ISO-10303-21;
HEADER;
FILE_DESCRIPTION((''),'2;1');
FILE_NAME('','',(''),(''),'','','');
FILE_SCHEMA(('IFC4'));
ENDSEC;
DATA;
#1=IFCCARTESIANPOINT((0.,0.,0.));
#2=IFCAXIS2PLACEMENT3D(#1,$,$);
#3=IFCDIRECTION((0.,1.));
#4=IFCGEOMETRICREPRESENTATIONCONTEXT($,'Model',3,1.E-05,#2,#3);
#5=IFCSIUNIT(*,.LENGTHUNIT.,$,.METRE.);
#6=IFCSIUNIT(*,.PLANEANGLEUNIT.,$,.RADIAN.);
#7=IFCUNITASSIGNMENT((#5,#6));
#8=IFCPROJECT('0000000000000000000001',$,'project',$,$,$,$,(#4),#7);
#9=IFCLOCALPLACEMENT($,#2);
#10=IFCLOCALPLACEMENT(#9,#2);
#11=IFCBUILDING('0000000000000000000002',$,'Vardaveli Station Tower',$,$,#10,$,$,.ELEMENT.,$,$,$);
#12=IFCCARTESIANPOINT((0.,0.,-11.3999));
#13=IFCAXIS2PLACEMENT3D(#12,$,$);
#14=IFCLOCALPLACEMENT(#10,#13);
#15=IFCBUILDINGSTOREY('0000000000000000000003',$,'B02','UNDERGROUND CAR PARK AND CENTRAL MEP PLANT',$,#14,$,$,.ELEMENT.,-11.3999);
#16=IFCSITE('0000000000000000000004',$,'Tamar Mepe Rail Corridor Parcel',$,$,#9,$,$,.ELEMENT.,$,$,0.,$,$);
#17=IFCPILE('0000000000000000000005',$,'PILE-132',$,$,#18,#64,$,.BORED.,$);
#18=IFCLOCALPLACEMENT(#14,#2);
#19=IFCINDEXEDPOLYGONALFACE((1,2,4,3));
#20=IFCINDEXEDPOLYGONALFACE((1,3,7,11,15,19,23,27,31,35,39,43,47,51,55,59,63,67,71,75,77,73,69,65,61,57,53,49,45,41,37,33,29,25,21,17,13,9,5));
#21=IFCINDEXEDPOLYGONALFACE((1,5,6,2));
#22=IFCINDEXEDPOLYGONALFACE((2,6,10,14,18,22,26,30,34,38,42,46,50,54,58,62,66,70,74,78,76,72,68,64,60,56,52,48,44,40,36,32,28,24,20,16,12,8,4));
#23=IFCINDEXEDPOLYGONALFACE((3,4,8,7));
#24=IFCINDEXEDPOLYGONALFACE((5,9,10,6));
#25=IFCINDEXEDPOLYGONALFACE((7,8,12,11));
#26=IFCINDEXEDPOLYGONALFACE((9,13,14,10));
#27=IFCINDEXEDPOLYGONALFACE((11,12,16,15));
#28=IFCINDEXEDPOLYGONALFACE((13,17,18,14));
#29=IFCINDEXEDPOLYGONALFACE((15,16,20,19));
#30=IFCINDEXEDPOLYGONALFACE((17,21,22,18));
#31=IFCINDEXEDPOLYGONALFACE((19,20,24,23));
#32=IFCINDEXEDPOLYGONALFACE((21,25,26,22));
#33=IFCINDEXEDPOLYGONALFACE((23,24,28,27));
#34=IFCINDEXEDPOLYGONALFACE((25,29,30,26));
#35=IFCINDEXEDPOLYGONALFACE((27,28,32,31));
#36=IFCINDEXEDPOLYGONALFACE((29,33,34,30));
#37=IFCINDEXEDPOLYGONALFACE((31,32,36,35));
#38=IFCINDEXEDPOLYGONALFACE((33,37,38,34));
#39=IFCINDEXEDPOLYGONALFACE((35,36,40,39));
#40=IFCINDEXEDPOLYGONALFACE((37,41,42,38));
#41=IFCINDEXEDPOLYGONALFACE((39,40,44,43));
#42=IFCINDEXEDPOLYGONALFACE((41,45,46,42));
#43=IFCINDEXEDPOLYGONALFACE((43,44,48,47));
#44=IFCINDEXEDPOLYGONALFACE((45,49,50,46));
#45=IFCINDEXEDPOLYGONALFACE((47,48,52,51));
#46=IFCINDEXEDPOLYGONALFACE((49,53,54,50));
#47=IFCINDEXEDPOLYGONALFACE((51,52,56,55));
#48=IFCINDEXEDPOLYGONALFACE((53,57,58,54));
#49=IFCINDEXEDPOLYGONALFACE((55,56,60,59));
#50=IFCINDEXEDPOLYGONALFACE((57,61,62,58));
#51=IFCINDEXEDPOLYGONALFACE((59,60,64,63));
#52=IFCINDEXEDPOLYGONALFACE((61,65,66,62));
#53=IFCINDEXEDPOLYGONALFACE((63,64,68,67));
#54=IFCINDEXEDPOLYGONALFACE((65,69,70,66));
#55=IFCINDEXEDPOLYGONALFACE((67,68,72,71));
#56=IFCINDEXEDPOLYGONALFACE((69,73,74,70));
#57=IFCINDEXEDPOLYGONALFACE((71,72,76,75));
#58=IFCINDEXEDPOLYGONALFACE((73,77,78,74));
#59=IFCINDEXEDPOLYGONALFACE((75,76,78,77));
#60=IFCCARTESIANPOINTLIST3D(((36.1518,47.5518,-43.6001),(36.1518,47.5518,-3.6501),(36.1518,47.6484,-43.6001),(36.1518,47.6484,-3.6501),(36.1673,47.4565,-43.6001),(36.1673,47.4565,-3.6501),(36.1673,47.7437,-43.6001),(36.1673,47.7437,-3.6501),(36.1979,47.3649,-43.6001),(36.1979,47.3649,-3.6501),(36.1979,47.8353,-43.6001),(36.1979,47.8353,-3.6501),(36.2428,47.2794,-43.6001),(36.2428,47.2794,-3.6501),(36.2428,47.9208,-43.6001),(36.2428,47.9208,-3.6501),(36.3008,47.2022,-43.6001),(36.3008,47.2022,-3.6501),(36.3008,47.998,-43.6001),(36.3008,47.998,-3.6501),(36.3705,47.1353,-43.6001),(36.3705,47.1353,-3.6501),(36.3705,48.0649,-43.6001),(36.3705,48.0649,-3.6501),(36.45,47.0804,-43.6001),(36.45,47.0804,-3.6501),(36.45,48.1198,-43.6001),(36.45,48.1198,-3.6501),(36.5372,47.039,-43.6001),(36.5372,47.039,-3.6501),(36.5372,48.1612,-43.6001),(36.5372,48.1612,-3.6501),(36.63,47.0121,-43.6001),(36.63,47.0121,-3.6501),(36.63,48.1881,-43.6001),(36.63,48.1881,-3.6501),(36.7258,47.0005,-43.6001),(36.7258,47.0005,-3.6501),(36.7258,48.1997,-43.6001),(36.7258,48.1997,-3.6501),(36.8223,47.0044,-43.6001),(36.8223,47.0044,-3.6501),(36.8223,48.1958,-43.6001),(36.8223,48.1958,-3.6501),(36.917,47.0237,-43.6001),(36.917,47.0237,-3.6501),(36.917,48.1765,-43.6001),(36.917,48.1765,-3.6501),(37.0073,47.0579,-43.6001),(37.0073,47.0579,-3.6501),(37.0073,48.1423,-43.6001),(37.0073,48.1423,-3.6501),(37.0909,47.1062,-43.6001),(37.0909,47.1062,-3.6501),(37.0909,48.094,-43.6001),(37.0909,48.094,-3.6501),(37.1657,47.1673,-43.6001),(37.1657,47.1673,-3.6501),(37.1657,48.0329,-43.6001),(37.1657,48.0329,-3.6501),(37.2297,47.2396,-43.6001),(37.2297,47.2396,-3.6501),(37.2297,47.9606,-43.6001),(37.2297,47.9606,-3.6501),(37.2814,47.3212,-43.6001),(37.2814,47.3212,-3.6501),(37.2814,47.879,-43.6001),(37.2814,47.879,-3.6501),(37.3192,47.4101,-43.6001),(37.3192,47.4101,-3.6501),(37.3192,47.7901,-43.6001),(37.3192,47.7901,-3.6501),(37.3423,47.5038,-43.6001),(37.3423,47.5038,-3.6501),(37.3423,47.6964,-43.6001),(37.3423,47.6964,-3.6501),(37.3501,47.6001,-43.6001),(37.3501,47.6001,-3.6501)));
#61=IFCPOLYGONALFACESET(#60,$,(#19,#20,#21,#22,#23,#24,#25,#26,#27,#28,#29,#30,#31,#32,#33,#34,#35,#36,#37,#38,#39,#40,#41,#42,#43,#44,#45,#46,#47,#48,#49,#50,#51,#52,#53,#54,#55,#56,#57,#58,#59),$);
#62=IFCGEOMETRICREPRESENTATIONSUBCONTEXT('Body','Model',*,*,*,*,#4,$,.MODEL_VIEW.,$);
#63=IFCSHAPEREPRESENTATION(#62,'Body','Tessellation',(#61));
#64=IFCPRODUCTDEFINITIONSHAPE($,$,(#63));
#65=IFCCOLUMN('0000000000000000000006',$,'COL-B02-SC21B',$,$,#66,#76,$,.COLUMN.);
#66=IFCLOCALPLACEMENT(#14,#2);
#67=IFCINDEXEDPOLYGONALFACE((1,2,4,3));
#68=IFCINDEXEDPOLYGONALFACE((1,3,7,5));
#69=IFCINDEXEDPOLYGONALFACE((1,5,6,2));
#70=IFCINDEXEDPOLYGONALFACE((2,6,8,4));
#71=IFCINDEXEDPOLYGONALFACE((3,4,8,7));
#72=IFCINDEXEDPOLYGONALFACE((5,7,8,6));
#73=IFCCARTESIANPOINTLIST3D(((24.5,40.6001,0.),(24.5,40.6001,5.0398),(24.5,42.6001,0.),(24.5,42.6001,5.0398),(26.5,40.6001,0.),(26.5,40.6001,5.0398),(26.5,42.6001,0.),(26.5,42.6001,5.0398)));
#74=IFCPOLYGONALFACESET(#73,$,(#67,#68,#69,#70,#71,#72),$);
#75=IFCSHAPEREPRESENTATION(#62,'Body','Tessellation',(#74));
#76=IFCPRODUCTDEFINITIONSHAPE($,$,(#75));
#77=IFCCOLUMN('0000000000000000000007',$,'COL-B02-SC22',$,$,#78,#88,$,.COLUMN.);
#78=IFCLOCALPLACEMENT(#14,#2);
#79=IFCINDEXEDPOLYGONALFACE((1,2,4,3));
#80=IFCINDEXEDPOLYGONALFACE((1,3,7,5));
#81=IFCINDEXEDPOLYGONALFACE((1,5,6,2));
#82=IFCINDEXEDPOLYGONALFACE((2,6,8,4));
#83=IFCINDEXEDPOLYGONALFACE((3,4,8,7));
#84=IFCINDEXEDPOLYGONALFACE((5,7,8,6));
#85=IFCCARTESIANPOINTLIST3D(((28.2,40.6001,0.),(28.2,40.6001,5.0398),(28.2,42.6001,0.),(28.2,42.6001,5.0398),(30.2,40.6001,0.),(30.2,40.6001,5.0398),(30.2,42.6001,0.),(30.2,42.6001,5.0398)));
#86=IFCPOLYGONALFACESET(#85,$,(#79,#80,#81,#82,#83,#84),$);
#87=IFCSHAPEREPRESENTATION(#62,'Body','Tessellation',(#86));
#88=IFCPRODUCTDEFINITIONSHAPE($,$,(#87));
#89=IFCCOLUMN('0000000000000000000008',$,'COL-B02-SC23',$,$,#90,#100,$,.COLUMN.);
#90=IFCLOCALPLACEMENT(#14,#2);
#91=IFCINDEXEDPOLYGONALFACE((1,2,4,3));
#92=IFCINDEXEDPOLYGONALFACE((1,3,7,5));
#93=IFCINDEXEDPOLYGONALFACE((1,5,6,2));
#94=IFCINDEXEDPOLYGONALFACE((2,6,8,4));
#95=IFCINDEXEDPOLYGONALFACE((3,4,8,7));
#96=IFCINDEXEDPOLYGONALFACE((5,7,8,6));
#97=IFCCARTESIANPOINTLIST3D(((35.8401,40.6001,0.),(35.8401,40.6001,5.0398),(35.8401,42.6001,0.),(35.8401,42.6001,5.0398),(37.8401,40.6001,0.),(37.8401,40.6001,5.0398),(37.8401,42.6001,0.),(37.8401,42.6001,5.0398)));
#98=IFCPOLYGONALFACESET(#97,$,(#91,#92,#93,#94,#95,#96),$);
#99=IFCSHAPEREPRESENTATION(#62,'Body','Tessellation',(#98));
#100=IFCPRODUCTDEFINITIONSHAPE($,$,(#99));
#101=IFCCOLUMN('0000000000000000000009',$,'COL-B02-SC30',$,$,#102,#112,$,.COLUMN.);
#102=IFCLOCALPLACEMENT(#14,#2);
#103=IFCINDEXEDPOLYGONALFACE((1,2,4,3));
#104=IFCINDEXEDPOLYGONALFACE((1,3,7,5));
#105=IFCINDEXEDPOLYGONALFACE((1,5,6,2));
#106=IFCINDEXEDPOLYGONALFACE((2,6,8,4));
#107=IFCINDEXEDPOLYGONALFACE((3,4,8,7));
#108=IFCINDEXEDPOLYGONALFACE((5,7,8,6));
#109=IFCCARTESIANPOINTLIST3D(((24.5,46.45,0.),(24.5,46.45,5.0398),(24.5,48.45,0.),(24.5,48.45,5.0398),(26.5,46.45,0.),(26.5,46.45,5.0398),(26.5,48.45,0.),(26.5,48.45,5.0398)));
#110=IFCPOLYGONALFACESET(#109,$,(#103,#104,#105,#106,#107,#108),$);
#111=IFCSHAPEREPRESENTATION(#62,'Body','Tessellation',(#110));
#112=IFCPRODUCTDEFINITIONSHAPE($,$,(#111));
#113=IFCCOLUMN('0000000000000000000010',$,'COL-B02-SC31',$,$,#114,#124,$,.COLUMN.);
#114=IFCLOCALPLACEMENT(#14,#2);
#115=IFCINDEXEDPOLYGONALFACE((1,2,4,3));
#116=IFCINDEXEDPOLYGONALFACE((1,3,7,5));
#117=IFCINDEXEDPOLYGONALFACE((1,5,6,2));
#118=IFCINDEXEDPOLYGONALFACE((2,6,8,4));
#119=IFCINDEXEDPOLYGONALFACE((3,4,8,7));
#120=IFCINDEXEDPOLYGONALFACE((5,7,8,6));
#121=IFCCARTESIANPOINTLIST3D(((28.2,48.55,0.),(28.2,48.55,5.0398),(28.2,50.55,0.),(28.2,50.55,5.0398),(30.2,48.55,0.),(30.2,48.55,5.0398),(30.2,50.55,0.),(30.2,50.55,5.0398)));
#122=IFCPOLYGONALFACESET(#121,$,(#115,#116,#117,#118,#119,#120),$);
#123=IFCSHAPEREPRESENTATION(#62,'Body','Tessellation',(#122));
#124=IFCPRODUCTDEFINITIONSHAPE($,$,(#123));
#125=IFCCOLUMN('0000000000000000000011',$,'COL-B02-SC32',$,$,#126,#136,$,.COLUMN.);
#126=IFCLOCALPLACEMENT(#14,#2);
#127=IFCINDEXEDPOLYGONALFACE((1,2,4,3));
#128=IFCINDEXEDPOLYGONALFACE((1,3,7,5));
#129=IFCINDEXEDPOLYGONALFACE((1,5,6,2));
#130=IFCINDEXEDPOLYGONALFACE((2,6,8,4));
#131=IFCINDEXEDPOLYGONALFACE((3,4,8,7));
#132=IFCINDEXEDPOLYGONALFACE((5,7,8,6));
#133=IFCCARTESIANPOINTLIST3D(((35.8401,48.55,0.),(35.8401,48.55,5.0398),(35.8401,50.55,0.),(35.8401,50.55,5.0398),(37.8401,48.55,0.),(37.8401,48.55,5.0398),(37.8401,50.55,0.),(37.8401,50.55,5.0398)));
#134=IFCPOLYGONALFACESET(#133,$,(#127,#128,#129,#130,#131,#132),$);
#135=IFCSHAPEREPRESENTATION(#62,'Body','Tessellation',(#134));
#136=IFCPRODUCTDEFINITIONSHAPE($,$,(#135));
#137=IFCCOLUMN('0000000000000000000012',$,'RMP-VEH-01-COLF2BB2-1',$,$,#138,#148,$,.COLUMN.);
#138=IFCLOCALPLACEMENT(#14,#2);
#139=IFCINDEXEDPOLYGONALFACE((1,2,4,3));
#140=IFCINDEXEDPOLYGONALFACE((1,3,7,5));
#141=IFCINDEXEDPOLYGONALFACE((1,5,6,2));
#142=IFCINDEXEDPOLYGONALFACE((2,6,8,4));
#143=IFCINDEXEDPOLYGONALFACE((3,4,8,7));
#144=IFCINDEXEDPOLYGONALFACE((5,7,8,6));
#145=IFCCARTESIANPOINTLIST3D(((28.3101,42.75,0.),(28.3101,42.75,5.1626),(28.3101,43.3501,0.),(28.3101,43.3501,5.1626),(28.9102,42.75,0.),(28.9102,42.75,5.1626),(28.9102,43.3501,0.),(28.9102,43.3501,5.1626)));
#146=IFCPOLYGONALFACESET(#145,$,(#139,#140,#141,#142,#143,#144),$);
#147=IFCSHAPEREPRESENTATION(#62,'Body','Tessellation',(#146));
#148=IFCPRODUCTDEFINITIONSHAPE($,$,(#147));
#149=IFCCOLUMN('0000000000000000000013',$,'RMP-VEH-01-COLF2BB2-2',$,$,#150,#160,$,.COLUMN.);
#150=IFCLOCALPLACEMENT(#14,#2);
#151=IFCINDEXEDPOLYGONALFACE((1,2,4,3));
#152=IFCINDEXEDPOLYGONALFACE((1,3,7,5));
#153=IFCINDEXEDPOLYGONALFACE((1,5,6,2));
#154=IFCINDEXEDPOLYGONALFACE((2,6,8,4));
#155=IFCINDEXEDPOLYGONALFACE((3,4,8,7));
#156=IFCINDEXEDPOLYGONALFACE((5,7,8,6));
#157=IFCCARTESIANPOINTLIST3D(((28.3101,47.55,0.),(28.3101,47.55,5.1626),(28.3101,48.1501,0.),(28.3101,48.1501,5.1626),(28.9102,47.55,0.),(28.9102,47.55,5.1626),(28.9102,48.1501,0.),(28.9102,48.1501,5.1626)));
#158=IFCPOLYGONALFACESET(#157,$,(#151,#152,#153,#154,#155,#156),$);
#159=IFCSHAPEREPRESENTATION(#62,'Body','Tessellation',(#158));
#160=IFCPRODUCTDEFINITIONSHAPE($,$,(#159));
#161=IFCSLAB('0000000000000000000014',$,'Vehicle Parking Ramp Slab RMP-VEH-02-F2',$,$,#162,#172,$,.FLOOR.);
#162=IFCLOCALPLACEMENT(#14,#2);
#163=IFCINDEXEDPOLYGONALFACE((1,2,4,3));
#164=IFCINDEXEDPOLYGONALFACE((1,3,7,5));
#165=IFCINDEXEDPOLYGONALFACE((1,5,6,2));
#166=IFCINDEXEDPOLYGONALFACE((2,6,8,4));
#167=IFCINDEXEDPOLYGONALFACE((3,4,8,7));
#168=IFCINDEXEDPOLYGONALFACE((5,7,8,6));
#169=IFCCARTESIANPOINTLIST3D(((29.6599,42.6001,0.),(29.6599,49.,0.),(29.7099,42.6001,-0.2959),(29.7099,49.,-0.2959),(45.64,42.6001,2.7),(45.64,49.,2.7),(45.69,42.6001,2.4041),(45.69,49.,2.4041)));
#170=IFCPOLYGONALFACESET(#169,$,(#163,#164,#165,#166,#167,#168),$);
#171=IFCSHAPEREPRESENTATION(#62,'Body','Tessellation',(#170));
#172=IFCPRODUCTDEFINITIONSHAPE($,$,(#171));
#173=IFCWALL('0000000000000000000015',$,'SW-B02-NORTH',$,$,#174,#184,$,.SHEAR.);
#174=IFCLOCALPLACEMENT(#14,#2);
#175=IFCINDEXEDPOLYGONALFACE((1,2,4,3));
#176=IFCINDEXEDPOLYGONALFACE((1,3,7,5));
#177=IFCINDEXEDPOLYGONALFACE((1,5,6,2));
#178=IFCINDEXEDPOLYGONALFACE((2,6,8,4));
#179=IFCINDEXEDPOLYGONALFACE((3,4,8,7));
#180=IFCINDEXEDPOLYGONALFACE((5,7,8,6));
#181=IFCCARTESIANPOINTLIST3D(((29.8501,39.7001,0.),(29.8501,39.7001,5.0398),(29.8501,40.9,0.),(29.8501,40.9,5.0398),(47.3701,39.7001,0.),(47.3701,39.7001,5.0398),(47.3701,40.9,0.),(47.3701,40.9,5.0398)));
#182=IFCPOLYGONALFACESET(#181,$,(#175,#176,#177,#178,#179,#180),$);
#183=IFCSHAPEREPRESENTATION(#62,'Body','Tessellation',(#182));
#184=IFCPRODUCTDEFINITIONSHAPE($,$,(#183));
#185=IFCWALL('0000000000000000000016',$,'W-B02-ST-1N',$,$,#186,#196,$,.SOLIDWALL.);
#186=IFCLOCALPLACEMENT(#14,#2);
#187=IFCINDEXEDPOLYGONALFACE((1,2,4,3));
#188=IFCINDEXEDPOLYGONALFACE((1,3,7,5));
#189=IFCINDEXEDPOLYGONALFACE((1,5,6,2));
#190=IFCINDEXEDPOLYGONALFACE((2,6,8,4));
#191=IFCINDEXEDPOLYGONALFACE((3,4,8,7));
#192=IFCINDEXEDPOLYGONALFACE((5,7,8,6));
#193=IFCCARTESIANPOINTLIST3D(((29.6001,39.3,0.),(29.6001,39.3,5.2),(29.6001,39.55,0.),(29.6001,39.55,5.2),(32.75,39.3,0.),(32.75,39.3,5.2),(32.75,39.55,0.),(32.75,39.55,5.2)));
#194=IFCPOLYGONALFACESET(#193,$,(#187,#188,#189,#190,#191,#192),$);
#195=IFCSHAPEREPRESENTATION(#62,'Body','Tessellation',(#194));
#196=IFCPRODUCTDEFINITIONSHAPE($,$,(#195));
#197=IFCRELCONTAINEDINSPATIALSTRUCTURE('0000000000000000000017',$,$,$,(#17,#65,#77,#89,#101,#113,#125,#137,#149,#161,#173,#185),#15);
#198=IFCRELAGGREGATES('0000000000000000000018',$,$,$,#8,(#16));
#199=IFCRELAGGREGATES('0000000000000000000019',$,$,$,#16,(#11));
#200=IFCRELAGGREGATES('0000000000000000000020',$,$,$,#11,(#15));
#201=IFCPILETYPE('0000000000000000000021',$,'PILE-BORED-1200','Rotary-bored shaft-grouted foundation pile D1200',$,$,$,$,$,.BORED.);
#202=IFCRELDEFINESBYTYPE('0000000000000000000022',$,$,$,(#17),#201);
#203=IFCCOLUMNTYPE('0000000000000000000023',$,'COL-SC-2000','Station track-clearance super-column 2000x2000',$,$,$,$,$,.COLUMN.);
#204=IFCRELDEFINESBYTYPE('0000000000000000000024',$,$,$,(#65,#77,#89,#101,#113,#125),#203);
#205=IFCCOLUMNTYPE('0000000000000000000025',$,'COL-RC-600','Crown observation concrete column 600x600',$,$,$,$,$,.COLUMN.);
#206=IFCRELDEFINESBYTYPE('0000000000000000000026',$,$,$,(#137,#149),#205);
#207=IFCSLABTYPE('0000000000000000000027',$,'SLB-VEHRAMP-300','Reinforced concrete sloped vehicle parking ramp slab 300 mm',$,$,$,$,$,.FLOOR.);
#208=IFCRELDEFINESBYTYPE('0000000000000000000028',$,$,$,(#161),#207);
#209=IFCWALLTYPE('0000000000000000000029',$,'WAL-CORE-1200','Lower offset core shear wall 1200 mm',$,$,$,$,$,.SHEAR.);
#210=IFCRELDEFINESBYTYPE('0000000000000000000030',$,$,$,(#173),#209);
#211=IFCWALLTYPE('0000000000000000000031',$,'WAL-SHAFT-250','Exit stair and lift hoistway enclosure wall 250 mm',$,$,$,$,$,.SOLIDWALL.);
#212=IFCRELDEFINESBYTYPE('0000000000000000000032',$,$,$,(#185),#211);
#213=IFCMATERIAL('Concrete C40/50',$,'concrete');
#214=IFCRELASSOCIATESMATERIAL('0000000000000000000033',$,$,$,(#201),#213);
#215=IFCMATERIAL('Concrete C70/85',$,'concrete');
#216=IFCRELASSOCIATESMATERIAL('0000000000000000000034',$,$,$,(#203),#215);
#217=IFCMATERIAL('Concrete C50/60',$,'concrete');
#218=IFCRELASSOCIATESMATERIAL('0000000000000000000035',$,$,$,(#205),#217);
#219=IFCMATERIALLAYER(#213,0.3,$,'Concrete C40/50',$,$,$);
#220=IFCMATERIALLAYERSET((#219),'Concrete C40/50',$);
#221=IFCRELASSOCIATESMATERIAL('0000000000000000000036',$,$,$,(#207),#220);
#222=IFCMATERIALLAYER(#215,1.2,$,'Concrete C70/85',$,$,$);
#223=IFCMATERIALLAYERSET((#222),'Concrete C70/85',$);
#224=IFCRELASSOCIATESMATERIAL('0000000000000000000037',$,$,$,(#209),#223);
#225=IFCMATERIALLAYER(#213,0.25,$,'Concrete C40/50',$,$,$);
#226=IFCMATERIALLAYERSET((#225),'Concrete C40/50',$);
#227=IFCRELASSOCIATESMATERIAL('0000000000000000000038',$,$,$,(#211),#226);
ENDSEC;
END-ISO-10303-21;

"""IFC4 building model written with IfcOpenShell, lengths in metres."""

from ifc_helpers import new_model, si_unit, direction, frame, frame_2d, origin, origin_2d, place, context, subcontext, project, spatial, polyline, rectangle, circle, outline, extrude, source, transform, mapped, material, layer, layer_set, material_profile, profile_set, type_object, element, save


model = new_model("IFC4")

# Units and contexts
model_context = context("Model", 3, precision=1e-05, world=origin(), true_north=direction((0.0, 1.0)))
body_context = subcontext(model_context, "Body", "Model", "MODEL_VIEW")
ifc_project = project(units=[si_unit("LENGTHUNIT", "METRE"), si_unit("PLANEANGLEUNIT", "RADIAN")], contexts=[model_context])

# Site, building, storey
site_placement = place(None, origin())
site = spatial("IfcSite", under=ifc_project, at=site_placement, Name="Tamar Mepe Rail Corridor Parcel", CompositionType="ELEMENT", RefElevation=0.0)
building_placement = place(site_placement, origin())
building = spatial("IfcBuilding", under=site, at=building_placement, Name="Vardaveli Station Tower", CompositionType="ELEMENT")
storey_placement = place(building_placement, frame((0.0, 0.0, -11.3999)))
storey = spatial("IfcBuildingStorey", under=building, at=storey_placement, Name="B02", Description="UNDERGROUND CAR PARK AND CENTRAL MEP PLANT", CompositionType="ELEMENT", Elevation=-11.3999)

# Pile
ifc_material_1 = material(Name="Concrete C40/50", Category="concrete")
ifc_material_profile_1 = material_profile(ifc_material_1, circle(Radius=0.6001, at=origin_2d()), Name="PILE D1200")
ifc_profile_set_1 = profile_set([ifc_material_profile_1], Name="Concrete C40/50")
pile_type_1 = type_object("IfcPileType", Name="PILE-BORED-1200", Description="Rotary-bored shaft-grouted foundation pile D1200", PredefinedType="BORED", material=ifc_profile_set_1)
shared_shape_1 = source(origin(), body_context, "Body", "SweptSolid", [
    extrude(circle(Radius=0.6001, at=origin_2d()), origin(), (0.0, 0.0, 1.0), 39.95),
])
for number, where, z_axis, x_axis, name in (
    (1, (36.75, 47.6001, -3.6501), (0.0, 0.0, -1.0), (1.0, 0.0, 0.0), "PILE-132"),
):
    element("IfcPile", number, at=place(storey_placement, frame(where, z_axis=z_axis, x_axis=x_axis)), inside=storey, type_object=pile_type_1, Name=name, PredefinedType="BORED", context=body_context, shape_type="MappedRepresentation", body=[
        mapped(shared_shape_1, transform((0.0, 0.0, 0.0), scale=1.0)),
    ])

# Columns
ifc_material_2 = material(Name="Concrete C70/85", Category="concrete")
ifc_material_profile_2 = material_profile(ifc_material_2, rectangle(XDim=2.0, YDim=2.0, at=origin_2d()), Name="SC 2000x2000")
ifc_profile_set_2 = profile_set([ifc_material_profile_2], Name="Concrete C70/85")
column_type_1 = type_object("IfcColumnType", Name="COL-SC-2000", Description="Station track-clearance super-column 2000x2000", PredefinedType="COLUMN", material=ifc_profile_set_2)
shared_shape_2 = source(origin(), body_context, "Body", "SweptSolid", [
    extrude(rectangle(XDim=2.0, YDim=2.0, at=origin_2d()), origin(), (0.0, 0.0, 1.0), 5.0398),
])
for number, where, z_axis, x_axis, name in (
    (2, (25.5, 41.6001, 0.0), (0.0, 0.0, 1.0), (1.0, 0.0, 0.0), "COL-B02-SC21B"),
    (3, (29.2, 41.6001, 0.0), (0.0, 0.0, 1.0), (1.0, 0.0, 0.0), "COL-B02-SC22"),
    (4, (36.8401, 41.6001, 0.0), (0.0, 0.0, 1.0), (1.0, 0.0, 0.0), "COL-B02-SC23"),
    (5, (25.5, 47.45, 0.0), (0.0, 0.0, 1.0), (1.0, 0.0, 0.0), "COL-B02-SC30"),
    (6, (29.2, 49.55, 0.0), (0.0, 0.0, 1.0), (1.0, 0.0, 0.0), "COL-B02-SC31"),
    (7, (36.8401, 49.55, 0.0), (0.0, 0.0, 1.0), (1.0, 0.0, 0.0), "COL-B02-SC32"),
):
    element("IfcColumn", number, at=place(storey_placement, frame(where, z_axis=z_axis, x_axis=x_axis)), inside=storey, type_object=column_type_1, Name=name, PredefinedType="COLUMN", context=body_context, shape_type="MappedRepresentation", body=[
        mapped(shared_shape_2, transform((0.0, 0.0, 0.0), scale=1.0)),
    ])
ifc_material_3 = material(Name="Concrete C50/60", Category="concrete")
ifc_material_profile_3 = material_profile(ifc_material_3, rectangle(XDim=0.6001, YDim=0.6001, at=origin_2d()), Name="RC 600x600")
ifc_profile_set_3 = profile_set([ifc_material_profile_3], Name="Concrete C50/60")
column_type_2 = type_object("IfcColumnType", Name="COL-RC-600", Description="Crown observation concrete column 600x600", PredefinedType="COLUMN", material=ifc_profile_set_3)
shared_shape_3 = source(origin(), body_context, "Body", "SweptSolid", [
    extrude(rectangle(XDim=0.6001, YDim=0.6001, at=origin_2d()), origin(), (0.0, 0.0, 1.0), 5.1626),
])
for number, where, z_axis, x_axis, name in (
    (8, (28.6101, 43.05, 0.0), (0.0, 0.0, 1.0), (1.0, 0.0, 0.0), "RMP-VEH-01-COLF2BB2-1"),
    (9, (28.6101, 47.8501, 0.0), (0.0, 0.0, 1.0), (1.0, 0.0, 0.0), "RMP-VEH-01-COLF2BB2-2"),
):
    element("IfcColumn", number, at=place(storey_placement, frame(where, z_axis=z_axis, x_axis=x_axis)), inside=storey, type_object=column_type_2, Name=name, PredefinedType="COLUMN", context=body_context, shape_type="MappedRepresentation", body=[
        mapped(shared_shape_3, transform((0.0, 0.0, 0.0), scale=1.0)),
    ])

# Slab
ifc_layer_1 = layer(ifc_material_1, 0.3, Name="Concrete C40/50")
ifc_layer_set_1 = layer_set([ifc_layer_1], Name="Concrete C40/50")
slab_type = type_object("IfcSlabType", Name="SLB-VEHRAMP-300", Description="Reinforced concrete sloped vehicle parking ramp slab 300 mm", PredefinedType="FLOOR", material=ifc_layer_set_1)
slab_placement = place(storey_placement, frame((29.6599, 42.6001, 0.0), z_axis=(-0.166597, 0.0, 0.986025), x_axis=(0.986025, 0.0, 0.166597)))
element("IfcSlab", 10, at=slab_placement, inside=storey, type_object=slab_type, Name="Vehicle Parking Ramp Slab RMP-VEH-02-F2", PredefinedType="FLOOR", context=body_context, shape_type="SweptSolid", body=[
    extrude(outline(polyline([(0.0, 0.0), (16.2065, 0.0), (16.2065, 6.3999), (0.0, 6.3999), (0.0, 0.0)])), origin(), (0.0, 0.0, -1.0), 0.3),
])

# Walls
ifc_layer_2 = layer(ifc_material_2, 1.2, Name="Concrete C70/85")
ifc_layer_set_2 = layer_set([ifc_layer_2], Name="Concrete C70/85")
wall_type_1 = type_object("IfcWallType", Name="WAL-CORE-1200", Description="Lower offset core shear wall 1200 mm", PredefinedType="SHEAR", material=ifc_layer_set_2)
shared_shape_4 = source(origin(), body_context, "Body", "SweptSolid", [
    extrude(rectangle(XDim=17.52, YDim=1.2, at=frame_2d((8.76, 0.0))), origin(), (0.0, 0.0, 1.0), 5.0398),
])
wall_1_placement = place(storey_placement, frame((29.8501, 40.3, 0.0), z_axis=(0.0, 0.0, 1.0), x_axis=(1.0, 0.0, 0.0)))
element("IfcWall", 11, at=wall_1_placement, inside=storey, type_object=wall_type_1, Name="SW-B02-NORTH", PredefinedType="SHEAR", context=body_context, shape_type="MappedRepresentation", body=[
    mapped(shared_shape_4, transform((0.0, 0.0, 0.0), scale=1.0)),
])
ifc_layer_3 = layer(ifc_material_1, 0.25, Name="Concrete C40/50")
ifc_layer_set_3 = layer_set([ifc_layer_3], Name="Concrete C40/50")
wall_type_2 = type_object("IfcWallType", Name="WAL-SHAFT-250", Description="Exit stair and lift hoistway enclosure wall 250 mm", PredefinedType="SOLIDWALL", material=ifc_layer_set_3)
shared_shape_5 = source(origin(), body_context, "Body", "SweptSolid", [
    extrude(rectangle(XDim=3.1499, YDim=0.25, at=frame_2d((1.575, 0.0))), origin(), (0.0, 0.0, 1.0), 5.2),
])
for number, where, z_axis, x_axis, name in (
    (12, (29.6001, 39.425, 0.0), (0.0, 0.0, 1.0), (1.0, 0.0, 0.0), "W-B02-ST-1N"),
):
    element("IfcWall", number, at=place(storey_placement, frame(where, z_axis=z_axis, x_axis=x_axis)), inside=storey, type_object=wall_type_2, Name=name, PredefinedType="SOLIDWALL", context=body_context, shape_type="MappedRepresentation", body=[
        mapped(shared_shape_5, transform((0.0, 0.0, 0.0), scale=1.0)),
    ])

save(model, "model.ifc")
